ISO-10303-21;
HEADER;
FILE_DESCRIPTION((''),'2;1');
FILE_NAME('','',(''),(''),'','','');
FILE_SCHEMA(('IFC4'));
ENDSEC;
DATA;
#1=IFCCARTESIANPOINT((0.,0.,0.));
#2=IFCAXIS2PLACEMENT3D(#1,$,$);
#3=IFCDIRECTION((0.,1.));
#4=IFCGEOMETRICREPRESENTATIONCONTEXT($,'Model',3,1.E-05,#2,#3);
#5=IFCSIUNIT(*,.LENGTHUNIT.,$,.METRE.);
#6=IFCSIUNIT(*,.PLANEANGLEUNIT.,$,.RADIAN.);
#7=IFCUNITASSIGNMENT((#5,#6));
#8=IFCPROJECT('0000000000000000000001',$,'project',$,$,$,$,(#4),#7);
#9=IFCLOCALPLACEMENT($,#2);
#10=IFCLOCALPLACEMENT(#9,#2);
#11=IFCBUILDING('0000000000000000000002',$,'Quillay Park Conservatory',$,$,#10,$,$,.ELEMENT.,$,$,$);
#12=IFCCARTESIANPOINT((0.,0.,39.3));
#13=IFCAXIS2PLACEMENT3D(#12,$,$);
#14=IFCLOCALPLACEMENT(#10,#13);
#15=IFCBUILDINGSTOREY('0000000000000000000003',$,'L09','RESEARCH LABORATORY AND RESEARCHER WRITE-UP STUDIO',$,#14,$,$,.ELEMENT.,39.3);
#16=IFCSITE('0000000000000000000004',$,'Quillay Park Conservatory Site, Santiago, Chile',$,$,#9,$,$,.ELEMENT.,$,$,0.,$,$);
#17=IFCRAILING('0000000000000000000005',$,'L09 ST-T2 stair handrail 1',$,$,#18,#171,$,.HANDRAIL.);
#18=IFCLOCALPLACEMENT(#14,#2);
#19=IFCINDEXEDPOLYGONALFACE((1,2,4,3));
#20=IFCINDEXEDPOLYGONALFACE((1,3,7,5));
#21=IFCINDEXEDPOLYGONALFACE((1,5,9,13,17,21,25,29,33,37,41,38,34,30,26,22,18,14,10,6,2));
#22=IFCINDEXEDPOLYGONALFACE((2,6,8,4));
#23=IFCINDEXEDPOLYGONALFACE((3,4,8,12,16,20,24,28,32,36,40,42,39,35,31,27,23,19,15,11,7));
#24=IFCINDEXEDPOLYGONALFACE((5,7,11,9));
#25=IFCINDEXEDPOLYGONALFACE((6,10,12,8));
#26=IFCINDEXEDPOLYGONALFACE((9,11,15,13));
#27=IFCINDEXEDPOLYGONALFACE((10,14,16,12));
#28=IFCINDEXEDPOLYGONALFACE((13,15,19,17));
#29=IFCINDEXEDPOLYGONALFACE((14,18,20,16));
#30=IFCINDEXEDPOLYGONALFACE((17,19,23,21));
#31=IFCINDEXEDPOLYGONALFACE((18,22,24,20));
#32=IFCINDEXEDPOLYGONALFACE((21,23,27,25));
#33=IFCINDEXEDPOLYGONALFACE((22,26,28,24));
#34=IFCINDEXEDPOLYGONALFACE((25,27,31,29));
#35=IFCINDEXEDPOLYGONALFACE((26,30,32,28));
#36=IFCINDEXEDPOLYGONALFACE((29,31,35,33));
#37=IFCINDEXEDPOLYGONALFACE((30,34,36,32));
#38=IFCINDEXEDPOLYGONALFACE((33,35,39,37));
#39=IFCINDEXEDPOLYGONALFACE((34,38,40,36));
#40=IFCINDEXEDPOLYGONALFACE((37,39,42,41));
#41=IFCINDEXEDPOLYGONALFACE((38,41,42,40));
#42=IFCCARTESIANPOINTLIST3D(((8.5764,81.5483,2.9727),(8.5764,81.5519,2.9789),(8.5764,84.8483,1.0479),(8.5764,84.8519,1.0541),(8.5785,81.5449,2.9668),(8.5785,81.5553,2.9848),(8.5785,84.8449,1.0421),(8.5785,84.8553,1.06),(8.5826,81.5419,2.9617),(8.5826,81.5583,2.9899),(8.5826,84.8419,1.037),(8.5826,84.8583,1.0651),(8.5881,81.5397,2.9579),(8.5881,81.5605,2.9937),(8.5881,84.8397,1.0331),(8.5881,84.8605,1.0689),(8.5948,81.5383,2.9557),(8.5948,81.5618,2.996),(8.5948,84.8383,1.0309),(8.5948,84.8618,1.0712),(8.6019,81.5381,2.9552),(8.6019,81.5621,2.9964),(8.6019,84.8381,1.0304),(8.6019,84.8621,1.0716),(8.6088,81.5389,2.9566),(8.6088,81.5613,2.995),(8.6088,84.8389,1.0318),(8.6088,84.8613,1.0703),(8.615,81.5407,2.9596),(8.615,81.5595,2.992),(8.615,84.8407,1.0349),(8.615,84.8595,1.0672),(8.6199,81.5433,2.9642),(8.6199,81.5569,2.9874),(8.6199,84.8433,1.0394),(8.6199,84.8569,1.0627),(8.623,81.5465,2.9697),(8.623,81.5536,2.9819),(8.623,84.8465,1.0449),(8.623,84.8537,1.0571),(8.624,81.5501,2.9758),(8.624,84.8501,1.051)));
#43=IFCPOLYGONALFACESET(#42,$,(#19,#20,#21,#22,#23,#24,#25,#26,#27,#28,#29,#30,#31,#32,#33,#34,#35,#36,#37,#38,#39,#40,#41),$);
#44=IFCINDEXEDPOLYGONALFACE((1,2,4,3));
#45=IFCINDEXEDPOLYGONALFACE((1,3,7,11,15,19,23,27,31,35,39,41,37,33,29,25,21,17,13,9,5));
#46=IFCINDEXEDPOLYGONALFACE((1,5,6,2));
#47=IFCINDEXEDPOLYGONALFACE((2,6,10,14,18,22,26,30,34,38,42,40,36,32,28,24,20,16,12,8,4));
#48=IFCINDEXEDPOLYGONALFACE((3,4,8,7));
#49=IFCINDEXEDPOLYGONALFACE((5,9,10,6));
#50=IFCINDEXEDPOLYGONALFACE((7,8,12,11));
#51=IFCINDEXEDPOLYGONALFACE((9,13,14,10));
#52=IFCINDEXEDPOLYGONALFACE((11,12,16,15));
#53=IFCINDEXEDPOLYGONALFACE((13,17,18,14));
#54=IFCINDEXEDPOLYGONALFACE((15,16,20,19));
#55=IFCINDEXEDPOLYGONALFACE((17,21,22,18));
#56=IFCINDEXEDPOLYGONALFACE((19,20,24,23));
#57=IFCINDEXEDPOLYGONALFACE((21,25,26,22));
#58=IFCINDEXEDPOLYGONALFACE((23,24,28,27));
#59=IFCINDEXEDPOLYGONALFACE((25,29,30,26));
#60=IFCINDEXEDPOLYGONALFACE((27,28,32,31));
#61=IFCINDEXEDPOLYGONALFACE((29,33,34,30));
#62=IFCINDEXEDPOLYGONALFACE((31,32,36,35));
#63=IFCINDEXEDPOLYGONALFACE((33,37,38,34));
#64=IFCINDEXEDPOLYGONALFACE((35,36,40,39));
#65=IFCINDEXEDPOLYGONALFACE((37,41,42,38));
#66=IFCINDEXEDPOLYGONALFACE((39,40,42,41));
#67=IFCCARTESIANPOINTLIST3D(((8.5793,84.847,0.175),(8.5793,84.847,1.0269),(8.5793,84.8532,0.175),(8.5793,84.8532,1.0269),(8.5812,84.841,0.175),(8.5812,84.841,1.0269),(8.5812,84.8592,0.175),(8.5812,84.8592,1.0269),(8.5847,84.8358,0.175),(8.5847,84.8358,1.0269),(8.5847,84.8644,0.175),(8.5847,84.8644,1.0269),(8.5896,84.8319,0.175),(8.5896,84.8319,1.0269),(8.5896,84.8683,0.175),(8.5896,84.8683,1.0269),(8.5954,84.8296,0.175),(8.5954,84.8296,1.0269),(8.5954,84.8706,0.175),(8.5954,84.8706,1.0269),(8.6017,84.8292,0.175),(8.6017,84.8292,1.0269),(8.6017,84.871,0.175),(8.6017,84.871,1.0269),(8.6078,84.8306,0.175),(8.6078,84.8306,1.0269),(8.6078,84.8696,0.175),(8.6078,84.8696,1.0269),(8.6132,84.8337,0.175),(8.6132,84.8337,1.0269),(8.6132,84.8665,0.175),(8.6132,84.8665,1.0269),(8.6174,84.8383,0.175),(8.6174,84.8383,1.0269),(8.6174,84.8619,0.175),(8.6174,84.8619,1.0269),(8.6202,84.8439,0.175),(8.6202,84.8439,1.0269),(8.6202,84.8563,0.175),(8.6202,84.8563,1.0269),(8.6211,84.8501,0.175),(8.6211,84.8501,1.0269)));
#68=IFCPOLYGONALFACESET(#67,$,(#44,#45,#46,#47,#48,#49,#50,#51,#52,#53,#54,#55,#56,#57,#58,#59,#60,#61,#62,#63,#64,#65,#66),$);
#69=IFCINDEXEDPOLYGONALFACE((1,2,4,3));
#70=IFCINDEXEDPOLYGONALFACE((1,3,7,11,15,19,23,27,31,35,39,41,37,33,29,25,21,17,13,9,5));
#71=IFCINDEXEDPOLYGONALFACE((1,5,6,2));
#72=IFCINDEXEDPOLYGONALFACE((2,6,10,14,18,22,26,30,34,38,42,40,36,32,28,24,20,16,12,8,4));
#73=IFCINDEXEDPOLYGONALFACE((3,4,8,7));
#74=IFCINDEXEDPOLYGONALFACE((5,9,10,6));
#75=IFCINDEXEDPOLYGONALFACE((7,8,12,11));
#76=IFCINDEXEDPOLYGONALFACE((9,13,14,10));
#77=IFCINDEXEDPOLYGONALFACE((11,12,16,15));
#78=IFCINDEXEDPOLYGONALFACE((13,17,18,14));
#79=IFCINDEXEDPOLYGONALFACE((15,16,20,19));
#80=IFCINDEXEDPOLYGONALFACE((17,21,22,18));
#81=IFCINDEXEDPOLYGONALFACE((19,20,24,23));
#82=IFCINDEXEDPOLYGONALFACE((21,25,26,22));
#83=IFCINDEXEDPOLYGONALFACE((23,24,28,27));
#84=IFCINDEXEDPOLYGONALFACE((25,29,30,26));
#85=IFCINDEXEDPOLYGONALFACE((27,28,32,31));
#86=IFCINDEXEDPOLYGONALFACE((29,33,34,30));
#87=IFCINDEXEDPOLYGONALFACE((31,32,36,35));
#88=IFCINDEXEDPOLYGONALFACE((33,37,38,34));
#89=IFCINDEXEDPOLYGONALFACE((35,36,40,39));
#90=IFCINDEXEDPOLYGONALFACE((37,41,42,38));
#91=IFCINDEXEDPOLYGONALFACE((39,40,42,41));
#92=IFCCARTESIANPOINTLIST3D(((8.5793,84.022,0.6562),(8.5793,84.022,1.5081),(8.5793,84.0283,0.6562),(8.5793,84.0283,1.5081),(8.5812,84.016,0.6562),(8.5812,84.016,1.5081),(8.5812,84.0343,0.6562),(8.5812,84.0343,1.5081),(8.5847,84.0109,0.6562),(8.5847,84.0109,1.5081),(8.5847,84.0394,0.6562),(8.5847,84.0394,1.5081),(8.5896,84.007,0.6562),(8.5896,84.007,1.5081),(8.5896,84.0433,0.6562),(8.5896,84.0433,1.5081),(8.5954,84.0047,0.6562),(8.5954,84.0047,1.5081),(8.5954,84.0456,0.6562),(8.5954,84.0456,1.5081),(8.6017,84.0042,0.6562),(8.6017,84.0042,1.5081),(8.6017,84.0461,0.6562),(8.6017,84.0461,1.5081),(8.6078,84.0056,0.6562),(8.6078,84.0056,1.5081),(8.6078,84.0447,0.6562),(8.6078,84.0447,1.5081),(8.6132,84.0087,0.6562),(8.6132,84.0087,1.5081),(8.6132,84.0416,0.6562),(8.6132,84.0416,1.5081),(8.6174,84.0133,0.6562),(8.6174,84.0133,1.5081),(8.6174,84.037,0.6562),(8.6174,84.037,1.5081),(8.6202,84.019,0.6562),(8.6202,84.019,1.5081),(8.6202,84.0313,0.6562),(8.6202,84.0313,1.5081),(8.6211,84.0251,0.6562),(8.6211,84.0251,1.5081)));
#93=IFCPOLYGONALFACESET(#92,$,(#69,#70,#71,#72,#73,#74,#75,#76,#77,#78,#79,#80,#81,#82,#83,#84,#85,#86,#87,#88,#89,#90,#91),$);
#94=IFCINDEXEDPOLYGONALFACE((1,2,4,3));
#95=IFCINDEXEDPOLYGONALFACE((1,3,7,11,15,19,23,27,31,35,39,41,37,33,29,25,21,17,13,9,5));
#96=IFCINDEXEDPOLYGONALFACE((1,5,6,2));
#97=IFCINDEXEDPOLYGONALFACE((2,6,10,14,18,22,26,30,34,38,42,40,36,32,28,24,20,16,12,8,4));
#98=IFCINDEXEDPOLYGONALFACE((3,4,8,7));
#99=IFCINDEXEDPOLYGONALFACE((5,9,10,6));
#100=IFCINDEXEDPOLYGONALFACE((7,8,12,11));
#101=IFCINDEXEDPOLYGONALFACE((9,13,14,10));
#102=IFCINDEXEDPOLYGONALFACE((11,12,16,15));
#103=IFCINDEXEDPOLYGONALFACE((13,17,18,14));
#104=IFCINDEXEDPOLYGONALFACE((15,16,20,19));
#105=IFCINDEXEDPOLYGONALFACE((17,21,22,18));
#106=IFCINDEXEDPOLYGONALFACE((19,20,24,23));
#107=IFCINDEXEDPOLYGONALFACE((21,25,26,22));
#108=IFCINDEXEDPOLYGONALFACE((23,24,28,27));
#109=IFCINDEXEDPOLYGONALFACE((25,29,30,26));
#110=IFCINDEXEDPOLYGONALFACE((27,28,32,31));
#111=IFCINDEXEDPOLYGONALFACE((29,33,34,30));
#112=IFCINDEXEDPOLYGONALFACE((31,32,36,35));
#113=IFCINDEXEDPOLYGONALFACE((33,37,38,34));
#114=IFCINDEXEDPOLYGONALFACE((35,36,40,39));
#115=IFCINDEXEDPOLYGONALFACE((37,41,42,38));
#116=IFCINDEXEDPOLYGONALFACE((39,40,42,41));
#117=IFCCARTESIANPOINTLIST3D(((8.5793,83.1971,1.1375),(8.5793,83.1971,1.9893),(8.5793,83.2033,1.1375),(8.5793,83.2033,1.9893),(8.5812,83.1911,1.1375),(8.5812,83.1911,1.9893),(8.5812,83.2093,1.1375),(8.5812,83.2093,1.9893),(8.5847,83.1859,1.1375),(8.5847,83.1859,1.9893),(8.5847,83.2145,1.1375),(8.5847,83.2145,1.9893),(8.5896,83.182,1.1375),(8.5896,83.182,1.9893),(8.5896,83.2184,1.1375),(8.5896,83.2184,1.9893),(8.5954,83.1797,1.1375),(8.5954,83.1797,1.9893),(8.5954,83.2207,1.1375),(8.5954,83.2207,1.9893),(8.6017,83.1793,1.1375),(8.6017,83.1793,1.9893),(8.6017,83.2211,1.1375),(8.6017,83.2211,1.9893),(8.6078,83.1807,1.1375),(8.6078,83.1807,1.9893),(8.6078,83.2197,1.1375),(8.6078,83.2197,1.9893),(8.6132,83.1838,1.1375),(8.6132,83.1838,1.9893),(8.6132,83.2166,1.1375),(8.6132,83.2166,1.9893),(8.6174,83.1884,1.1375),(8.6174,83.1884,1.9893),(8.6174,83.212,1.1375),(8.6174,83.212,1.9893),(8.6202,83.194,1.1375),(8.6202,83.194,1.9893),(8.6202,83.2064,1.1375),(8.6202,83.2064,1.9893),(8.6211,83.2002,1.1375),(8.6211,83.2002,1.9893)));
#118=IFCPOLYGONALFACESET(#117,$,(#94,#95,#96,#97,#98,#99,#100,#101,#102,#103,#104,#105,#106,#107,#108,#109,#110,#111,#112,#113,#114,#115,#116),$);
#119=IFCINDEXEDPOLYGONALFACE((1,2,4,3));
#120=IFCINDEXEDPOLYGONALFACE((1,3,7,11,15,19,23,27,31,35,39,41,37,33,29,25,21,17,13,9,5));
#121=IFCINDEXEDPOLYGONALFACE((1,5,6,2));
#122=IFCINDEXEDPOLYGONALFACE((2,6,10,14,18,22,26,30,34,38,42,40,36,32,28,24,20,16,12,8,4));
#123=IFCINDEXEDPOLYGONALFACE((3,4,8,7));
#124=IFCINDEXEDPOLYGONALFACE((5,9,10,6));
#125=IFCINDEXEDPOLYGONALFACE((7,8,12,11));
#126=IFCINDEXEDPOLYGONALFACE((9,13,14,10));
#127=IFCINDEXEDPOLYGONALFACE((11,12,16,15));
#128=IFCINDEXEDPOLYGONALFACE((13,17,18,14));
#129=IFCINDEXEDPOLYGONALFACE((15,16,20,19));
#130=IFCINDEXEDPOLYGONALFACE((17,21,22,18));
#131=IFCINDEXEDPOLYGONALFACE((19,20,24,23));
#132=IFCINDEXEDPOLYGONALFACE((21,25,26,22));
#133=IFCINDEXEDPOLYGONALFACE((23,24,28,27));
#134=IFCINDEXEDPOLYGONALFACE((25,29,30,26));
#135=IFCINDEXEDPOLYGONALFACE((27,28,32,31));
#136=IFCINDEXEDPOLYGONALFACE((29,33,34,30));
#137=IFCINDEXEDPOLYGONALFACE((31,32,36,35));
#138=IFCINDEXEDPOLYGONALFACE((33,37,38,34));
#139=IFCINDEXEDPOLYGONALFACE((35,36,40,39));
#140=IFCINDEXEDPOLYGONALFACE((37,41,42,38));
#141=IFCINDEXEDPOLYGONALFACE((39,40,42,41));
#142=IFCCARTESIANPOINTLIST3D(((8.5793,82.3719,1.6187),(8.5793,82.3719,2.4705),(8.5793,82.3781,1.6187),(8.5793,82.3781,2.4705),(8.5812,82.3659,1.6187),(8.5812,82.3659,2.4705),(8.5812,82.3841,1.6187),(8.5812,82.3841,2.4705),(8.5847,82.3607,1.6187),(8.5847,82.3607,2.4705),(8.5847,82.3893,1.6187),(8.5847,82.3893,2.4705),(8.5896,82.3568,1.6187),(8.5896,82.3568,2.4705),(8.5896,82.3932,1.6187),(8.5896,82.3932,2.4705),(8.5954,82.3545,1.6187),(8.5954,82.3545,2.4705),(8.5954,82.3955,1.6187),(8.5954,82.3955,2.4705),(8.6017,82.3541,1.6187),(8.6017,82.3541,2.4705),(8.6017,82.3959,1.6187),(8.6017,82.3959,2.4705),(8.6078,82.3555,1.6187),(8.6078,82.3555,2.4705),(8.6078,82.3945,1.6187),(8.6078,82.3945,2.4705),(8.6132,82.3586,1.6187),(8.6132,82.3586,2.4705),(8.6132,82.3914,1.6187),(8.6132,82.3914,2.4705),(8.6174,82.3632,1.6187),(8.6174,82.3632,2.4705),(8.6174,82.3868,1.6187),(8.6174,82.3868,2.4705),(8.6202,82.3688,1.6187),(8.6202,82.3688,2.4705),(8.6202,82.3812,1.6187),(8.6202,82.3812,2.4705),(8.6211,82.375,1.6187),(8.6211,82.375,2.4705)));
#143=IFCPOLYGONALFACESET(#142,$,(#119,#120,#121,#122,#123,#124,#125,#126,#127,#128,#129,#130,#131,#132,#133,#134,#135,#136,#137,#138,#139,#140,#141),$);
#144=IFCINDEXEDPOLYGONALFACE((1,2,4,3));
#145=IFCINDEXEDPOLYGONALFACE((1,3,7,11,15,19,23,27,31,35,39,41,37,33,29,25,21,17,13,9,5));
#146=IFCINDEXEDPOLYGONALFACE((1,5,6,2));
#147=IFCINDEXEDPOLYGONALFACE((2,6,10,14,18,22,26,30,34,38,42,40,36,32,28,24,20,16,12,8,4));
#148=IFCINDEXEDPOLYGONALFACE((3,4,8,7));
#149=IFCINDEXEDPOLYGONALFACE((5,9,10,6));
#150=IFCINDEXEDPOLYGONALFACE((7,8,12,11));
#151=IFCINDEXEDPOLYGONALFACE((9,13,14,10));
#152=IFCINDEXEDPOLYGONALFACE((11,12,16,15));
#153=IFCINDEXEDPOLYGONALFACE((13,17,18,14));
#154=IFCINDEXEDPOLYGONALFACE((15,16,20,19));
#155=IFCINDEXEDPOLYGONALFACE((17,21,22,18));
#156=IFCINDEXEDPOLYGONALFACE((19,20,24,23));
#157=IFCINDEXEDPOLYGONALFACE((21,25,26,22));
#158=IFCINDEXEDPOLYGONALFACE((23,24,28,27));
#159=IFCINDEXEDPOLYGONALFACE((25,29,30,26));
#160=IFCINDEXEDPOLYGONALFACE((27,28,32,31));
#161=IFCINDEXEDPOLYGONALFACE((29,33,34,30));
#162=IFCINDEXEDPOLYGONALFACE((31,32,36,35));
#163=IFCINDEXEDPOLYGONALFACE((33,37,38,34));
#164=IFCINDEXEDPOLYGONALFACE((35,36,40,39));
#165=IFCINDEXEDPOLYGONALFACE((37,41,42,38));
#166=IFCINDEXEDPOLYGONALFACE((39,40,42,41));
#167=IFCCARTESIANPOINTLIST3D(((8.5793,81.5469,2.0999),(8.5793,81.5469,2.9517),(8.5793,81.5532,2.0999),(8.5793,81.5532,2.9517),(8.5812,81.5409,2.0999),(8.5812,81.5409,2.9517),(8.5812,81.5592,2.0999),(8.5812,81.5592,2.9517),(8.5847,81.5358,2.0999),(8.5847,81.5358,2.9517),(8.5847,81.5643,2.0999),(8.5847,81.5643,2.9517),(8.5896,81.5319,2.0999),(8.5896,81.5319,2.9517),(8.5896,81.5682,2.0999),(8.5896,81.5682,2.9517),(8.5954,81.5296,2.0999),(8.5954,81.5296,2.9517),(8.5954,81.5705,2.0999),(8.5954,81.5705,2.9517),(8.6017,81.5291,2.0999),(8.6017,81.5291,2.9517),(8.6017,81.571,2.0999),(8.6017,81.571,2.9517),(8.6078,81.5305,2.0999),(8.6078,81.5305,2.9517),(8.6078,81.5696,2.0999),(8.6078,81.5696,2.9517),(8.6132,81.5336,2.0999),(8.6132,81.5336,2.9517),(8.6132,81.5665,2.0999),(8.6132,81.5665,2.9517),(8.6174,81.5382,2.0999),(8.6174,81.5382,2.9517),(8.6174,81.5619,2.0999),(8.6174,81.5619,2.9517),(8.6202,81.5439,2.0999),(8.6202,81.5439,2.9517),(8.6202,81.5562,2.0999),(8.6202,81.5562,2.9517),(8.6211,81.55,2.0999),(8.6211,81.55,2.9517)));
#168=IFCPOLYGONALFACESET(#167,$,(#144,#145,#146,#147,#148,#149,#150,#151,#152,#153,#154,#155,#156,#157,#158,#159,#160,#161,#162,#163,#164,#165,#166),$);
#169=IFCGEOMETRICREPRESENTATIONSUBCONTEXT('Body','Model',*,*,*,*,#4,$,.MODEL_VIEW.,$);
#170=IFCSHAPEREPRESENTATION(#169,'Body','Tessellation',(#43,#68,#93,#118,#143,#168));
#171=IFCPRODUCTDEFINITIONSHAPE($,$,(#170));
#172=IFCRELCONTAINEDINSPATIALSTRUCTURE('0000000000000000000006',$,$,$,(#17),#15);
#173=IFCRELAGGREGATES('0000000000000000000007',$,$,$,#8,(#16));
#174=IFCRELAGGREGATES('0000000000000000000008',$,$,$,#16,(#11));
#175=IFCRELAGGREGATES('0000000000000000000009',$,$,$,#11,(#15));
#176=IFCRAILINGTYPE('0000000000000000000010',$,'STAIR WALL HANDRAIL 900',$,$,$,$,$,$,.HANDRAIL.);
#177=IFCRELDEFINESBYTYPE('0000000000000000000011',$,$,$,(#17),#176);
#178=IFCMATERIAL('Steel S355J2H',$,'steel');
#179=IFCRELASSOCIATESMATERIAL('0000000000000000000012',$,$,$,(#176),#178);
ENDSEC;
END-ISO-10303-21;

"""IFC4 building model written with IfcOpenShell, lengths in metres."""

from ifc_helpers import new_model, si_unit, direction, frame, origin, origin_2d, place, context, subcontext, project, spatial, circle, extrude, material, type_object, element, save


model = new_model("IFC4")

# Units and contexts
model_context = context("Model", 3, precision=1e-05, world=origin(), true_north=direction((0.0, 1.0)))
body_context = subcontext(model_context, "Body", "Model", "MODEL_VIEW")
ifc_project = project(units=[si_unit("LENGTHUNIT", "METRE"), si_unit("PLANEANGLEUNIT", "RADIAN")], contexts=[model_context])

# Site, building, storey
site_placement = place(None, origin())
site = spatial("IfcSite", under=ifc_project, at=site_placement, Name="Quillay Park Conservatory Site, Santiago, Chile", CompositionType="ELEMENT", RefElevation=0.0)
building_placement = place(site_placement, origin())
building = spatial("IfcBuilding", under=site, at=building_placement, Name="Quillay Park Conservatory", CompositionType="ELEMENT")
storey_placement = place(building_placement, frame((0.0, 0.0, 39.3)))
storey = spatial("IfcBuildingStorey", under=building, at=storey_placement, Name="L09", Description="RESEARCH LABORATORY AND RESEARCHER WRITE-UP STUDIO", CompositionType="ELEMENT", Elevation=39.3)

# Railing
ifc_material_1 = material(Name="Steel S355J2H", Category="steel")
railing_type = type_object("IfcRailingType", Name="STAIR WALL HANDRAIL 900", PredefinedType="HANDRAIL", material=ifc_material_1)
railing_placement = place(storey_placement, frame((8.6001, 84.8501, 0.175)))
element("IfcRailing", 1, at=railing_placement, inside=storey, type_object=railing_type, Name="L09 ST-T2 stair handrail 1", PredefinedType="HANDRAIL", context=body_context, shape_type="SweptSolid", body=[
    extrude(circle(Radius=0.0239, at=origin_2d()), frame((0.0, 0.0, 0.876), z_axis=(0.0, -0.863804, 0.503827), x_axis=(1.0, 0.0, 0.0)), (0.0, 0.0, 1.0), 3.8203),
    extrude(circle(Radius=0.021, at=origin_2d()), origin(), (0.0, 0.0, 1.0), 0.8518),
    extrude(circle(Radius=0.021, at=origin_2d()), frame((0.0, -0.825, 0.4812)), (0.0, 0.0, 1.0), 0.8518),
    extrude(circle(Radius=0.021, at=origin_2d()), frame((0.0, -1.6499, 0.9624)), (0.0, 0.0, 1.0), 0.8518),
    extrude(circle(Radius=0.021, at=origin_2d()), frame((0.0, -2.4751, 1.4436)), (0.0, 0.0, 1.0), 0.8518),
    extrude(circle(Radius=0.021, at=origin_2d()), frame((0.0, -3.3, 1.9248)), (0.0, 0.0, 1.0), 0.8518),
])

save(model, "model.ifc")
